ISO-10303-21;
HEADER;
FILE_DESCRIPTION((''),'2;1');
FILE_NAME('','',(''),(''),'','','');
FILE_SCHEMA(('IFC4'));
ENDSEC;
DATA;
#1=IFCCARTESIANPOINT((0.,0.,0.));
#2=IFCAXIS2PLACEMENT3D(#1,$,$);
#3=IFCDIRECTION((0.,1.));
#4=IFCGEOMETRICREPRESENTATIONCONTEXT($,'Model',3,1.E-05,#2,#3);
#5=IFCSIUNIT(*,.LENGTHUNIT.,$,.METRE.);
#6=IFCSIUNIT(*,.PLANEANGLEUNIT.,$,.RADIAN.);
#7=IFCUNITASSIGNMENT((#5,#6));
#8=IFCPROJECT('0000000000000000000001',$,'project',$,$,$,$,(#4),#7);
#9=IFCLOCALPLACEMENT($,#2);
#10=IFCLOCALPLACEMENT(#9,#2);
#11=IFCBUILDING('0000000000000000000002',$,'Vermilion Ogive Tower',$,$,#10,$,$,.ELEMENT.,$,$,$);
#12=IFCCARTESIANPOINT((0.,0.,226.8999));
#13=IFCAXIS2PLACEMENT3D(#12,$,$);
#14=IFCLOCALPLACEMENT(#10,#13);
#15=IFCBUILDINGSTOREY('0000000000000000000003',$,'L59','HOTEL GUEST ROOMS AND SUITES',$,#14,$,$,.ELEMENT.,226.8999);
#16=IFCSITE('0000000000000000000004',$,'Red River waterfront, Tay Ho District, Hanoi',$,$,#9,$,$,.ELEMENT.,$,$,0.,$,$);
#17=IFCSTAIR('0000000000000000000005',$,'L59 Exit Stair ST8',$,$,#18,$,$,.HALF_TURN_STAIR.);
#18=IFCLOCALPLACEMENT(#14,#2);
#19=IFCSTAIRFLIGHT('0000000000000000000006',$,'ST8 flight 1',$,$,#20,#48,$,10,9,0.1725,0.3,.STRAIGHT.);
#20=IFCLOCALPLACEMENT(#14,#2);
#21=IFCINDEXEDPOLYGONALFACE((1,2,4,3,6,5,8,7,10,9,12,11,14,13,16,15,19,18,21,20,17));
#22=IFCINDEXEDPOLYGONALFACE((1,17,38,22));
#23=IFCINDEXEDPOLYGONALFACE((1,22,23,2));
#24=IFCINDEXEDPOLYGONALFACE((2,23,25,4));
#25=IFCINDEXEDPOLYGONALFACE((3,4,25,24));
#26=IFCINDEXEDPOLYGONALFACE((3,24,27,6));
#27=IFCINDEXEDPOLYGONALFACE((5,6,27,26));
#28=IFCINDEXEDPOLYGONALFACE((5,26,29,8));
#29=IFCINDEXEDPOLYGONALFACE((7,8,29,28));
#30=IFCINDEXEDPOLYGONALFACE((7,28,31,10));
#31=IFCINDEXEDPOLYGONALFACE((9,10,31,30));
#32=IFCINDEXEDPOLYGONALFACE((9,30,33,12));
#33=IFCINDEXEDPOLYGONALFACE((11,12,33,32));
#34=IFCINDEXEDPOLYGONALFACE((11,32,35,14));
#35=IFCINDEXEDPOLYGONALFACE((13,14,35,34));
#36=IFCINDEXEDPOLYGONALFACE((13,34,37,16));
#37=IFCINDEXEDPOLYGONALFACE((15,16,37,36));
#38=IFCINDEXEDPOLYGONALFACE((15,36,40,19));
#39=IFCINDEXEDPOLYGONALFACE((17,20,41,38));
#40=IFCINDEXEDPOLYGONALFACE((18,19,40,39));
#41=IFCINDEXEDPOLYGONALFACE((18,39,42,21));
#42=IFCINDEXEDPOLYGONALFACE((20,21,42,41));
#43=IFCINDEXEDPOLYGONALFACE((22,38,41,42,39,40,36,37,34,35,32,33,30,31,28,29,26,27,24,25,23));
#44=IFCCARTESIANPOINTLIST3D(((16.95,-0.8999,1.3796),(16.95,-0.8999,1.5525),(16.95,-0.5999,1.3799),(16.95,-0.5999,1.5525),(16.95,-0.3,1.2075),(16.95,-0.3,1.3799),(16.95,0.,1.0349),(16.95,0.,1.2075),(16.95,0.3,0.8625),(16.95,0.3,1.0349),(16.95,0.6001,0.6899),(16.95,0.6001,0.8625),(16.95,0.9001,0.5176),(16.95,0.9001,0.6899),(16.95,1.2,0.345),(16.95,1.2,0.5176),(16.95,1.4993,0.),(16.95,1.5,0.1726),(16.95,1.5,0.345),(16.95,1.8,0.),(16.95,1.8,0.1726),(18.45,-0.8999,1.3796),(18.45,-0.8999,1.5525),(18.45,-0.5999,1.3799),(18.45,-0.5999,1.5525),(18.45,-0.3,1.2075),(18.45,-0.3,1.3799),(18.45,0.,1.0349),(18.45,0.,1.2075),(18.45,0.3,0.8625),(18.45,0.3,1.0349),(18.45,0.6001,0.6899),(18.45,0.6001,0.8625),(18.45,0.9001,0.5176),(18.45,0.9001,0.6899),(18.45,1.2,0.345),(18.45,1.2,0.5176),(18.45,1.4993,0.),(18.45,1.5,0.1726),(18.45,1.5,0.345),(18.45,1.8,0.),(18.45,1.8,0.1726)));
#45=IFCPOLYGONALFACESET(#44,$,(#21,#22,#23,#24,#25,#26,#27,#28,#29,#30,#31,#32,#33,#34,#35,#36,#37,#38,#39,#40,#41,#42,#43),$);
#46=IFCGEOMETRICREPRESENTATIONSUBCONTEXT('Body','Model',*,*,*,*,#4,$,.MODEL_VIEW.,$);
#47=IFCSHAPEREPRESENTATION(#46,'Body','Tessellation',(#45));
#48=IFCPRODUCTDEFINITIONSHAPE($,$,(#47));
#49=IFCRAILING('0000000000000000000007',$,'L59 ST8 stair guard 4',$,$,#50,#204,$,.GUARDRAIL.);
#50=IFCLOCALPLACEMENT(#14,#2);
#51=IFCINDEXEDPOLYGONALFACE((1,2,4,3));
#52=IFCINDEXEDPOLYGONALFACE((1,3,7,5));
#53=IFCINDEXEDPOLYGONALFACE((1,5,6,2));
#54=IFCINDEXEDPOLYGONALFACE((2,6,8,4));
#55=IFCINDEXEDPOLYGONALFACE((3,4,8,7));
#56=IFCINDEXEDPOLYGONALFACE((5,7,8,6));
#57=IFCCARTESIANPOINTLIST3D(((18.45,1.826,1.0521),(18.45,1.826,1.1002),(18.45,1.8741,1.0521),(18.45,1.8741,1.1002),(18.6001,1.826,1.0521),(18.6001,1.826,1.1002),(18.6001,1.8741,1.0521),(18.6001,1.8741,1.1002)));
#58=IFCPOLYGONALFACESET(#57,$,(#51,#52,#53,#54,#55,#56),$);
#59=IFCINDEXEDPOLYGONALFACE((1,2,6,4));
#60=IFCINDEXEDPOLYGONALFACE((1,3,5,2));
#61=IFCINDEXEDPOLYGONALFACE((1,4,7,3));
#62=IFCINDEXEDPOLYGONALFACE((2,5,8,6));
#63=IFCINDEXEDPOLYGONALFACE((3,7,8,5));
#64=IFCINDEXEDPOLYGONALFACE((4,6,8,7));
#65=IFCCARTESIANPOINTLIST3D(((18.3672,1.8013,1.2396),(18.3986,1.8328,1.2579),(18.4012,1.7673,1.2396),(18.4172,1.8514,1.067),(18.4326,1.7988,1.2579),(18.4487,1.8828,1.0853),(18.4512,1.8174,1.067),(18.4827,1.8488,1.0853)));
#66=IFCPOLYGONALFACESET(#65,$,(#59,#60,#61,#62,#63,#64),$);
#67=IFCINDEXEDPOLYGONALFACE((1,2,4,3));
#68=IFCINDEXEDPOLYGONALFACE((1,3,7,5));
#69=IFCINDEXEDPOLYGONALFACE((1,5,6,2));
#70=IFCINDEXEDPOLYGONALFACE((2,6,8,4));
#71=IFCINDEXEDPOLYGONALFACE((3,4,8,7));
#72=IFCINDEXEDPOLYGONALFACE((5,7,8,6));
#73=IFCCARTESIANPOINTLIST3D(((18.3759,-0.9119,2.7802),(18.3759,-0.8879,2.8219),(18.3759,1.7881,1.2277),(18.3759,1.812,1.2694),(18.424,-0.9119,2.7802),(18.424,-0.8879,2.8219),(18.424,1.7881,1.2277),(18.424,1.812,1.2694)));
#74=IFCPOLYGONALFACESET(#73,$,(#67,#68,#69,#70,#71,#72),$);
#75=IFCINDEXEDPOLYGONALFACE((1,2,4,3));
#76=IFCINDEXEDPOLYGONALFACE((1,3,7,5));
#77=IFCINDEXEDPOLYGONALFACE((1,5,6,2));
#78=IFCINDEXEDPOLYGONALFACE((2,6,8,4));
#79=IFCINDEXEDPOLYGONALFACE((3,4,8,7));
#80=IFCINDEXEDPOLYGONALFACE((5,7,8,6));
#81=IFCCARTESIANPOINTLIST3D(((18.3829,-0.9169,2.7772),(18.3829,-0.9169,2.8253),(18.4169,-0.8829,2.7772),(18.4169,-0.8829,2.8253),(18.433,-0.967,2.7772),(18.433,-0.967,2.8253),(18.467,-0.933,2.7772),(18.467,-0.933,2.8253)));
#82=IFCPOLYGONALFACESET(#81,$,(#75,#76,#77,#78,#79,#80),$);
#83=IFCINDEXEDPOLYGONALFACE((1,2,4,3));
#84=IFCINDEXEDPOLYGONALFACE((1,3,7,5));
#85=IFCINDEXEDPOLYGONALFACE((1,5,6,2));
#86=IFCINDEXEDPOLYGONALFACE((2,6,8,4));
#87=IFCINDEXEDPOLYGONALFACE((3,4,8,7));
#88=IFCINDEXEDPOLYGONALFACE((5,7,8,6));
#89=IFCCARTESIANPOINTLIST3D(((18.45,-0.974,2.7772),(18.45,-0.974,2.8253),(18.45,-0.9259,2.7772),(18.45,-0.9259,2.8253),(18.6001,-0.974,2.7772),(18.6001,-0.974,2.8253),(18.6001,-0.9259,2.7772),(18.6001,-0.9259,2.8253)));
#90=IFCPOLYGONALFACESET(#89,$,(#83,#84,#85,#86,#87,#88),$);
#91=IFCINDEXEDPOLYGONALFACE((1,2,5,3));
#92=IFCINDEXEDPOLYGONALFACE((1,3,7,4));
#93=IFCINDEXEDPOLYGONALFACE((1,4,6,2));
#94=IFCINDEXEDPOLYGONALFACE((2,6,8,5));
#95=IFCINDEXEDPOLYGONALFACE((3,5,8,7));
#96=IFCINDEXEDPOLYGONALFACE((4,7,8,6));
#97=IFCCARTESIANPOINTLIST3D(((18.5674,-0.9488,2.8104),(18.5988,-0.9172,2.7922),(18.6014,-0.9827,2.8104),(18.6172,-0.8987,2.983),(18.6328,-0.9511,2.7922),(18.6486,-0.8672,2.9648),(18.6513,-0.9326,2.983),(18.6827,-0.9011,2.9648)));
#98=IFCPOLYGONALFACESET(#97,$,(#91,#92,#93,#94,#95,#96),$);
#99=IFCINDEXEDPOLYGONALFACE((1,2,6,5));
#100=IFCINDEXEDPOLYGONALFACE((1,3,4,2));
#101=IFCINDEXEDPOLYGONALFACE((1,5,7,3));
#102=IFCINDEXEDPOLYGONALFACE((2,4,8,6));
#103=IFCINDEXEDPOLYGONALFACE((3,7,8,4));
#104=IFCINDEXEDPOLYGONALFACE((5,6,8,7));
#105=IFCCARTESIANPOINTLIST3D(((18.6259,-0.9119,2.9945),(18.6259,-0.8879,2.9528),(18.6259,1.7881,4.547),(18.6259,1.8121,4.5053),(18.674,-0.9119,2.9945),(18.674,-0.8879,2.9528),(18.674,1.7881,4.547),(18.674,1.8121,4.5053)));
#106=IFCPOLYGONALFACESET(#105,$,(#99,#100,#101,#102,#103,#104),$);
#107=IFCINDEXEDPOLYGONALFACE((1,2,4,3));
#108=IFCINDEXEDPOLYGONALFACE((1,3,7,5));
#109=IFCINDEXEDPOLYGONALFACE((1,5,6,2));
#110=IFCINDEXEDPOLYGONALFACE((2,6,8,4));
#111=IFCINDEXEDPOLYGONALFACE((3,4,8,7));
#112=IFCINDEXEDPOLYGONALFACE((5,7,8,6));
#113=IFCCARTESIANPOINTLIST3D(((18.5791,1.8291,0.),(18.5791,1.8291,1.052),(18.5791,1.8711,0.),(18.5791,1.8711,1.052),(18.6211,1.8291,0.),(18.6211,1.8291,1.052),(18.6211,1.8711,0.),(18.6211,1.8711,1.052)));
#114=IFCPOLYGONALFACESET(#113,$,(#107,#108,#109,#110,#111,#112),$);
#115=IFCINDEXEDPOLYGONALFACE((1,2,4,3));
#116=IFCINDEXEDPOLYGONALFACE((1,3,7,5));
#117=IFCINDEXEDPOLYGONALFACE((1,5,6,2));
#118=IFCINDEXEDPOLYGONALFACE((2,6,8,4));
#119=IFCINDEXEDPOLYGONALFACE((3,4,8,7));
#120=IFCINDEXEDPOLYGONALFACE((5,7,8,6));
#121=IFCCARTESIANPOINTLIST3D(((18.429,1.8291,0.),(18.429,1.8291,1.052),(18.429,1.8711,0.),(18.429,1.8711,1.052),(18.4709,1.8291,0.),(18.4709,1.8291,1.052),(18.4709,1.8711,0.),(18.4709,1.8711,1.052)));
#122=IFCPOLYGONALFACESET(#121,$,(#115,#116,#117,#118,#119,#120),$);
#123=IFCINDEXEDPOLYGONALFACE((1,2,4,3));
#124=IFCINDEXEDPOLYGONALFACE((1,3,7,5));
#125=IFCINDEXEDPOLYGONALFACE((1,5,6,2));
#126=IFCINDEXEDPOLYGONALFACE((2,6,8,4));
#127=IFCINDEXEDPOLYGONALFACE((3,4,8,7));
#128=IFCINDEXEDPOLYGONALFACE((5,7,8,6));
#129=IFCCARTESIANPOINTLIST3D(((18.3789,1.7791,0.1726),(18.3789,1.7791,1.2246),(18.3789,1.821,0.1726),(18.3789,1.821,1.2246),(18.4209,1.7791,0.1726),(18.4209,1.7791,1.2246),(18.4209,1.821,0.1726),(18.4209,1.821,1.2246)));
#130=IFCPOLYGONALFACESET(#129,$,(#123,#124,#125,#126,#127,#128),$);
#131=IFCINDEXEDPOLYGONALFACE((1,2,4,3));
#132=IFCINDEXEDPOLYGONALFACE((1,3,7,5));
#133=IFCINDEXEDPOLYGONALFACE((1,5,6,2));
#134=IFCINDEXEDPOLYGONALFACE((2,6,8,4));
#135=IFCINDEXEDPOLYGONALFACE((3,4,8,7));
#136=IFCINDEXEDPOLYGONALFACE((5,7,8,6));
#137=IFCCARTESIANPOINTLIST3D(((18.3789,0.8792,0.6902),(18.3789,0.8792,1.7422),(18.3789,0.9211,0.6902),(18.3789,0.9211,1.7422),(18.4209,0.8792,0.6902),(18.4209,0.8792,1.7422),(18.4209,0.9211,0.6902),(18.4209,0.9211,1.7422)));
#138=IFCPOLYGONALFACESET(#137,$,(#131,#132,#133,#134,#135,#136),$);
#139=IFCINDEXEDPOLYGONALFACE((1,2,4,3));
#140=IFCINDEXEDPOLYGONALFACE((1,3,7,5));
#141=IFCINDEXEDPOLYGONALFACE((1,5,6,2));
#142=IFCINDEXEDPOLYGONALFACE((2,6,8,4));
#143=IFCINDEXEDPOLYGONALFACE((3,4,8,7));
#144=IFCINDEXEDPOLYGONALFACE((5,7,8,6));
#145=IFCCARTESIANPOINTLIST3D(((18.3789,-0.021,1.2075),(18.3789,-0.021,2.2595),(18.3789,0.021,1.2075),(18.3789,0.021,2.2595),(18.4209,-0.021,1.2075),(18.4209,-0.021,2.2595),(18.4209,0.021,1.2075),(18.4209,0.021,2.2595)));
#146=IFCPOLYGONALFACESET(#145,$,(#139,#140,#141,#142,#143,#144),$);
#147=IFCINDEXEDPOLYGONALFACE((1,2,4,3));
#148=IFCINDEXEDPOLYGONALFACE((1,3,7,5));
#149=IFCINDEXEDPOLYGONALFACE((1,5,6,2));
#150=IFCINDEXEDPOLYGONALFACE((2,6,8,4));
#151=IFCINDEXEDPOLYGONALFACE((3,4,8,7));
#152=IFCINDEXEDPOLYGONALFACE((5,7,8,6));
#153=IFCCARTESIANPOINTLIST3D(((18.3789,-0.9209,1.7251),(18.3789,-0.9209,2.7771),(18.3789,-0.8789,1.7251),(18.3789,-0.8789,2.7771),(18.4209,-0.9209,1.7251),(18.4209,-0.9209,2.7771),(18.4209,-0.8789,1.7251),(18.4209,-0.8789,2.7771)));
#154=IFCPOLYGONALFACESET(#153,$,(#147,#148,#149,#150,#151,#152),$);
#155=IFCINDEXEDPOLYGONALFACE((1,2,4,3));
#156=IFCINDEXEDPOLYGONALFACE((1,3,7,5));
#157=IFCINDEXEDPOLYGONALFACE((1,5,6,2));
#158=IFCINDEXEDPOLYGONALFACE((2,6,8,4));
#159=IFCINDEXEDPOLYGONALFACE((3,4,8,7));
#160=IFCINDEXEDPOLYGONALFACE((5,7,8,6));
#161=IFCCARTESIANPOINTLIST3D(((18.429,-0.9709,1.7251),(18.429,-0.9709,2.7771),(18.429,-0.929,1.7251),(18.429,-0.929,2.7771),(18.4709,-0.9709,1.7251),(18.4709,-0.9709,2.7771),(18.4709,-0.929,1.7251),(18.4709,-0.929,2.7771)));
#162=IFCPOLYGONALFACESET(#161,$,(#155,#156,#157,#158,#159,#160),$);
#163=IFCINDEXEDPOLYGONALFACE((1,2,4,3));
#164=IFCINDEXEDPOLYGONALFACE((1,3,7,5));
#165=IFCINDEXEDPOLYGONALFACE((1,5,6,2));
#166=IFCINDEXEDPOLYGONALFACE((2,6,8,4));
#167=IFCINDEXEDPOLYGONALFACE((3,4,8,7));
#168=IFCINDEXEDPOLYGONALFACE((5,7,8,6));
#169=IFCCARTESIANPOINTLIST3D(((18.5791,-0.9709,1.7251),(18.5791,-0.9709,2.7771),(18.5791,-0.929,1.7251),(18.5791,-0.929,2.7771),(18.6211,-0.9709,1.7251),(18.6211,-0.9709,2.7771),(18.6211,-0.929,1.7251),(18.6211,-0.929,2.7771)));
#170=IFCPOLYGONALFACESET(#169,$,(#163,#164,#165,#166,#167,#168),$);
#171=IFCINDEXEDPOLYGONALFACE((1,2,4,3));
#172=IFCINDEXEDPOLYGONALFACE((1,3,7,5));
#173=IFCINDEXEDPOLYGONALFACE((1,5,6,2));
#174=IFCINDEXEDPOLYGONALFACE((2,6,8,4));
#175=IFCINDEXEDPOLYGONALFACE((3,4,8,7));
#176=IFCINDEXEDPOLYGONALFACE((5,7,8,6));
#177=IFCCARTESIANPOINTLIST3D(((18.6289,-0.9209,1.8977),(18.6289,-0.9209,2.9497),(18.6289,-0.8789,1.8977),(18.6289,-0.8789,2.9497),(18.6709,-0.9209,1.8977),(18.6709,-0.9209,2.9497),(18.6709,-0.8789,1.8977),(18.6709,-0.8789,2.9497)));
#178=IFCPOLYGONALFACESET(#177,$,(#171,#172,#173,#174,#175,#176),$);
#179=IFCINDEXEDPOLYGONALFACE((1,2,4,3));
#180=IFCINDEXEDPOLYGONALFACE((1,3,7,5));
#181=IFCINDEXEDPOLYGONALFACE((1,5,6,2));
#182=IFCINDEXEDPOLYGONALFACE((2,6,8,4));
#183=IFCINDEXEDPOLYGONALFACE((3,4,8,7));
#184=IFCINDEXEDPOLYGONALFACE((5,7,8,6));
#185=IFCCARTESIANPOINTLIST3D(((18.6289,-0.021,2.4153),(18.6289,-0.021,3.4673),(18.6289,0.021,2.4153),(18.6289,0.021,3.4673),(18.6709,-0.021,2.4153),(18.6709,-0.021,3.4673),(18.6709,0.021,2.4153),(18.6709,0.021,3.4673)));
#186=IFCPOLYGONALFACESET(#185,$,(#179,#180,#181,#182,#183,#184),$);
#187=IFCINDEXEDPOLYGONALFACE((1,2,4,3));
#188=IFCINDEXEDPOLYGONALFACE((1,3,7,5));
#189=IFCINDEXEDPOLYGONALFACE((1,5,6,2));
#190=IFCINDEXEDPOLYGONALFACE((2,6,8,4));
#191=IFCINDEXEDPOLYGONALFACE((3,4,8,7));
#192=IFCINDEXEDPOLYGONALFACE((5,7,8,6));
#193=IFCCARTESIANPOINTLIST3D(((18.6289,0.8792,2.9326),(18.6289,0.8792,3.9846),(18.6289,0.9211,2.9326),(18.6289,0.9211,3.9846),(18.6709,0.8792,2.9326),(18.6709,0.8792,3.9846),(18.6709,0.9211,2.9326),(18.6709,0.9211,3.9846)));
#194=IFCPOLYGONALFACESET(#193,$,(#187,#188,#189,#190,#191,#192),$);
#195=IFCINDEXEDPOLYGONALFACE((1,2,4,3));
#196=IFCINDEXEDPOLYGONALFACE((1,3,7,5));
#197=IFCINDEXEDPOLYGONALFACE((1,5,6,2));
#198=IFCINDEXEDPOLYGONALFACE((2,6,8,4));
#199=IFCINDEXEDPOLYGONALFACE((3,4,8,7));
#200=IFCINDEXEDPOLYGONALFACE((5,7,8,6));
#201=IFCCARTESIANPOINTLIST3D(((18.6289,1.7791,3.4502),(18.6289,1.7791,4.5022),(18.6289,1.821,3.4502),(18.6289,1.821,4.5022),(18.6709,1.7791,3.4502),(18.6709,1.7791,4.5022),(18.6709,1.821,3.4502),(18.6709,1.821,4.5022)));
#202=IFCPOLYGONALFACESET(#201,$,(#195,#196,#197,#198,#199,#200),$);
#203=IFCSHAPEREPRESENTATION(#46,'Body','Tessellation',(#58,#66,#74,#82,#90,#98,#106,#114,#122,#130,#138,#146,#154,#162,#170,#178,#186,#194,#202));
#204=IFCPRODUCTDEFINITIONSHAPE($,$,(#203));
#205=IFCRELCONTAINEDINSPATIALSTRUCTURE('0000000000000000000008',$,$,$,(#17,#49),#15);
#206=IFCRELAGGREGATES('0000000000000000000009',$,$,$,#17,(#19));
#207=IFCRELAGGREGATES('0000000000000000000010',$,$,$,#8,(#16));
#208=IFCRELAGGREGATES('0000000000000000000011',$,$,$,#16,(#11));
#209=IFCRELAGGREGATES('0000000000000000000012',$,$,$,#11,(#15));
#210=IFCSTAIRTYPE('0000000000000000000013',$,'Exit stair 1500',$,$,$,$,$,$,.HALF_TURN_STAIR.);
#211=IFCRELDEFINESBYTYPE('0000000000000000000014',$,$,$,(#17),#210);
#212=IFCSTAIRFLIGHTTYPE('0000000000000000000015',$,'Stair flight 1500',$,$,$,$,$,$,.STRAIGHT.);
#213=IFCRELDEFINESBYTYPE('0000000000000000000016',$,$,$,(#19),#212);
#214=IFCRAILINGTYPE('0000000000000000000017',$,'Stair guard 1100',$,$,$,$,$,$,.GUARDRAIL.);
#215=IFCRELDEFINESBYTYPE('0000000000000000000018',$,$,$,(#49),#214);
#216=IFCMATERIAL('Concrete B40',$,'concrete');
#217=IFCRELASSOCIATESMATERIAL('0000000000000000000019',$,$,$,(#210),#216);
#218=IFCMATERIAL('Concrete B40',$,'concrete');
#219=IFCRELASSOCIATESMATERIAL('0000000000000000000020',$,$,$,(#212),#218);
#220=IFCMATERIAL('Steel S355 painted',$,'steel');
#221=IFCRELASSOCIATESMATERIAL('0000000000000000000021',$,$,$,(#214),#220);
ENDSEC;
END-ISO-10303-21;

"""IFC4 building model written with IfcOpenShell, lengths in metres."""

from ifc_helpers import new_model, si_unit, direction, frame, origin, origin_2d, place, context, subcontext, project, spatial, polyline, rectangle, outline, extrude, material, type_object, element, aggregate, save


model = new_model("IFC4")

# Units and contexts
model_context = context("Model", 3, precision=1e-05, world=origin(), true_north=direction((0.0, 1.0)))
body_context = subcontext(model_context, "Body", "Model", "MODEL_VIEW")
ifc_project = project(units=[si_unit("LENGTHUNIT", "METRE"), si_unit("PLANEANGLEUNIT", "RADIAN")], contexts=[model_context])

# Site, building, storey
site_placement = place(None, origin())
site = spatial("IfcSite", under=ifc_project, at=site_placement, Name="Red River waterfront, Tay Ho District, Hanoi", CompositionType="ELEMENT", RefElevation=0.0)
building_placement = place(site_placement, origin())
building = spatial("IfcBuilding", under=site, at=building_placement, Name="Vermilion Ogive Tower", CompositionType="ELEMENT")
storey_placement = place(building_placement, frame((0.0, 0.0, 226.8999)))
storey = spatial("IfcBuildingStorey", under=building, at=storey_placement, Name="L59", Description="HOTEL GUEST ROOMS AND SUITES", CompositionType="ELEMENT", Elevation=226.8999)

# Stair, stair flight
ifc_material_1 = material(Name="Concrete B40", Category="concrete")
stair_type = type_object("IfcStairType", Name="Exit stair 1500", PredefinedType="HALF_TURN_STAIR", material=ifc_material_1)
stair_placement = place(storey_placement, origin())
stair = element("IfcStair", 1, at=stair_placement, inside=storey, type_object=stair_type, Name="L59 Exit Stair ST8", PredefinedType="HALF_TURN_STAIR")
ifc_material_2 = material(Name="Concrete B40", Category="concrete")
stair_flight_type = type_object("IfcStairFlightType", Name="Stair flight 1500", PredefinedType="STRAIGHT", material=ifc_material_2)
stair_flight_placement = place(storey_placement, frame((17.7, 1.8, 0.0), z_axis=(0.0, 0.0, 1.0), x_axis=(0.0, -1.0, 0.0)))
stair_flight = element("IfcStairFlight", 2, at=stair_flight_placement, type_object=stair_flight_type, Name="ST8 flight 1", NumberOfRisers=10, NumberOfTreads=9, PredefinedType="STRAIGHT", RiserHeight=0.1725, TreadLength=0.3, context=body_context, shape_type="SweptSolid", body=[
    extrude(outline(polyline([(0.0, 0.0), (0.0, 0.1726), (0.3, 0.1726), (0.3, 0.345), (0.6001, 0.345), (0.6001, 0.5176), (0.8999, 0.5176), (0.8999, 0.6899), (1.2, 0.6899), (1.2, 0.8625), (1.5, 0.8625), (1.5, 1.0349), (1.8, 1.0349), (1.8, 1.2075), (2.1001, 1.2075), (2.1001, 1.3799), (2.3999, 1.3799), (2.3999, 1.5525), (2.7, 1.5525), (2.7, 1.7251), (2.7, 1.3796), (0.3008, 0.0), (0.0, 0.0)])), frame((0.0, 0.75, 0.0), z_axis=(0.0, -1.0, 0.0), x_axis=(1.0, 0.0, 0.0)), (0.0, 0.0, 1.0), 1.5),
])
aggregate(stair, [stair_flight])

# Railing
ifc_material_3 = material(Name="Steel S355 painted", Category="steel")
railing_type_1 = type_object("IfcRailingType", Name="Stair guard 1100", PredefinedType="GUARDRAIL", material=ifc_material_3)
railing_1_placement = place(storey_placement, frame((18.6001, 1.8501, 0.0)))
element("IfcRailing", 3, at=railing_1_placement, inside=storey, type_object=railing_type_1, Name="L59 ST8 stair guard 4", PredefinedType="GUARDRAIL", context=body_context, shape_type="SweptSolid", body=[
    extrude(rectangle(XDim=0.0481, YDim=0.0481, at=origin_2d()), frame((0.0, 0.0, 1.0762), z_axis=(-1.0, 0.0, 0.0), x_axis=(0.0, -1.0, 0.0)), (0.0, 0.0, 1.0), 0.1501),
    extrude(rectangle(XDim=0.0481, YDim=0.0481, at=origin_2d()), frame((-0.1501, 0.0, 1.0762), z_axis=(-0.268278, -0.268278, 0.925232), x_axis=(0.707107, -0.707107, 0.0)), (0.0, 0.0, 1.0), 0.1865),
    extrude(rectangle(XDim=0.0481, YDim=0.0481, at=origin_2d()), frame((-0.2002, -0.05, 1.2485), z_axis=(0.0, -0.866904, 0.498476), x_axis=(1.0, 0.0, 0.0)), (0.0, 0.0, 1.0), 3.1145),
    extrude(rectangle(XDim=0.0481, YDim=0.0481, at=origin_2d()), frame((-0.2002, -2.75, 2.8013), z_axis=(0.707107, -0.707107, 0.0), x_axis=(0.707107, 0.707107, 0.0)), (0.0, 0.0, 1.0), 0.0708),
    extrude(rectangle(XDim=0.0481, YDim=0.0481, at=origin_2d()), frame((-0.1501, -2.8, 2.8013), z_axis=(1.0, 0.0, 0.0), x_axis=(0.0, 1.0, 0.0)), (0.0, 0.0, 1.0), 0.1501),
    extrude(rectangle(XDim=0.0481, YDim=0.0481, at=origin_2d()), frame((0.0, -2.8, 2.8013), z_axis=(0.267063, 0.268372, 0.925556), x_axis=(-0.708834, 0.705376, 0.0)), (0.0, 0.0, 1.0), 0.1865),
    extrude(rectangle(XDim=0.0481, YDim=0.0481, at=origin_2d()), frame((0.0498, -2.75, 2.9736), z_axis=(0.0, 0.866904, 0.498476), x_axis=(-1.0, 0.0, 0.0)), (0.0, 0.0, 1.0), 3.1145),
    extrude(rectangle(XDim=0.042, YDim=0.042, at=origin_2d()), origin(), (0.0, 0.0, 1.0), 1.052),
    extrude(rectangle(XDim=0.042, YDim=0.042, at=origin_2d()), frame((-0.1501, 0.0, 0.0)), (0.0, 0.0, 1.0), 1.052),
    extrude(rectangle(XDim=0.042, YDim=0.042, at=origin_2d()), frame((-0.2002, -0.05, 0.1726)), (0.0, 0.0, 1.0), 1.052),
    extrude(rectangle(XDim=0.042, YDim=0.042, at=origin_2d()), frame((-0.2002, -0.95, 0.6902)), (0.0, 0.0, 1.0), 1.052),
    extrude(rectangle(XDim=0.042, YDim=0.042, at=origin_2d()), frame((-0.2002, -1.8501, 1.2075)), (0.0, 0.0, 1.0), 1.052),
    extrude(rectangle(XDim=0.042, YDim=0.042, at=origin_2d()), frame((-0.2002, -2.75, 1.7251)), (0.0, 0.0, 1.0), 1.052),
    extrude(rectangle(XDim=0.042, YDim=0.042, at=origin_2d()), frame((-0.1501, -2.8, 1.7251)), (0.0, 0.0, 1.0), 1.052),
    extrude(rectangle(XDim=0.042, YDim=0.042, at=origin_2d()), frame((0.0, -2.8, 1.7251)), (0.0, 0.0, 1.0), 1.052),
    extrude(rectangle(XDim=0.042, YDim=0.042, at=origin_2d()), frame((0.0498, -2.75, 1.8977)), (0.0, 0.0, 1.0), 1.052),
    extrude(rectangle(XDim=0.042, YDim=0.042, at=origin_2d()), frame((0.0498, -1.8501, 2.4153)), (0.0, 0.0, 1.0), 1.052),
    extrude(rectangle(XDim=0.042, YDim=0.042, at=origin_2d()), frame((0.0498, -0.95, 2.9326)), (0.0, 0.0, 1.0), 1.052),
    extrude(rectangle(XDim=0.042, YDim=0.042, at=origin_2d()), frame((0.0498, -0.05, 3.4502)), (0.0, 0.0, 1.0), 1.052),
])

save(model, "model.ifc")
